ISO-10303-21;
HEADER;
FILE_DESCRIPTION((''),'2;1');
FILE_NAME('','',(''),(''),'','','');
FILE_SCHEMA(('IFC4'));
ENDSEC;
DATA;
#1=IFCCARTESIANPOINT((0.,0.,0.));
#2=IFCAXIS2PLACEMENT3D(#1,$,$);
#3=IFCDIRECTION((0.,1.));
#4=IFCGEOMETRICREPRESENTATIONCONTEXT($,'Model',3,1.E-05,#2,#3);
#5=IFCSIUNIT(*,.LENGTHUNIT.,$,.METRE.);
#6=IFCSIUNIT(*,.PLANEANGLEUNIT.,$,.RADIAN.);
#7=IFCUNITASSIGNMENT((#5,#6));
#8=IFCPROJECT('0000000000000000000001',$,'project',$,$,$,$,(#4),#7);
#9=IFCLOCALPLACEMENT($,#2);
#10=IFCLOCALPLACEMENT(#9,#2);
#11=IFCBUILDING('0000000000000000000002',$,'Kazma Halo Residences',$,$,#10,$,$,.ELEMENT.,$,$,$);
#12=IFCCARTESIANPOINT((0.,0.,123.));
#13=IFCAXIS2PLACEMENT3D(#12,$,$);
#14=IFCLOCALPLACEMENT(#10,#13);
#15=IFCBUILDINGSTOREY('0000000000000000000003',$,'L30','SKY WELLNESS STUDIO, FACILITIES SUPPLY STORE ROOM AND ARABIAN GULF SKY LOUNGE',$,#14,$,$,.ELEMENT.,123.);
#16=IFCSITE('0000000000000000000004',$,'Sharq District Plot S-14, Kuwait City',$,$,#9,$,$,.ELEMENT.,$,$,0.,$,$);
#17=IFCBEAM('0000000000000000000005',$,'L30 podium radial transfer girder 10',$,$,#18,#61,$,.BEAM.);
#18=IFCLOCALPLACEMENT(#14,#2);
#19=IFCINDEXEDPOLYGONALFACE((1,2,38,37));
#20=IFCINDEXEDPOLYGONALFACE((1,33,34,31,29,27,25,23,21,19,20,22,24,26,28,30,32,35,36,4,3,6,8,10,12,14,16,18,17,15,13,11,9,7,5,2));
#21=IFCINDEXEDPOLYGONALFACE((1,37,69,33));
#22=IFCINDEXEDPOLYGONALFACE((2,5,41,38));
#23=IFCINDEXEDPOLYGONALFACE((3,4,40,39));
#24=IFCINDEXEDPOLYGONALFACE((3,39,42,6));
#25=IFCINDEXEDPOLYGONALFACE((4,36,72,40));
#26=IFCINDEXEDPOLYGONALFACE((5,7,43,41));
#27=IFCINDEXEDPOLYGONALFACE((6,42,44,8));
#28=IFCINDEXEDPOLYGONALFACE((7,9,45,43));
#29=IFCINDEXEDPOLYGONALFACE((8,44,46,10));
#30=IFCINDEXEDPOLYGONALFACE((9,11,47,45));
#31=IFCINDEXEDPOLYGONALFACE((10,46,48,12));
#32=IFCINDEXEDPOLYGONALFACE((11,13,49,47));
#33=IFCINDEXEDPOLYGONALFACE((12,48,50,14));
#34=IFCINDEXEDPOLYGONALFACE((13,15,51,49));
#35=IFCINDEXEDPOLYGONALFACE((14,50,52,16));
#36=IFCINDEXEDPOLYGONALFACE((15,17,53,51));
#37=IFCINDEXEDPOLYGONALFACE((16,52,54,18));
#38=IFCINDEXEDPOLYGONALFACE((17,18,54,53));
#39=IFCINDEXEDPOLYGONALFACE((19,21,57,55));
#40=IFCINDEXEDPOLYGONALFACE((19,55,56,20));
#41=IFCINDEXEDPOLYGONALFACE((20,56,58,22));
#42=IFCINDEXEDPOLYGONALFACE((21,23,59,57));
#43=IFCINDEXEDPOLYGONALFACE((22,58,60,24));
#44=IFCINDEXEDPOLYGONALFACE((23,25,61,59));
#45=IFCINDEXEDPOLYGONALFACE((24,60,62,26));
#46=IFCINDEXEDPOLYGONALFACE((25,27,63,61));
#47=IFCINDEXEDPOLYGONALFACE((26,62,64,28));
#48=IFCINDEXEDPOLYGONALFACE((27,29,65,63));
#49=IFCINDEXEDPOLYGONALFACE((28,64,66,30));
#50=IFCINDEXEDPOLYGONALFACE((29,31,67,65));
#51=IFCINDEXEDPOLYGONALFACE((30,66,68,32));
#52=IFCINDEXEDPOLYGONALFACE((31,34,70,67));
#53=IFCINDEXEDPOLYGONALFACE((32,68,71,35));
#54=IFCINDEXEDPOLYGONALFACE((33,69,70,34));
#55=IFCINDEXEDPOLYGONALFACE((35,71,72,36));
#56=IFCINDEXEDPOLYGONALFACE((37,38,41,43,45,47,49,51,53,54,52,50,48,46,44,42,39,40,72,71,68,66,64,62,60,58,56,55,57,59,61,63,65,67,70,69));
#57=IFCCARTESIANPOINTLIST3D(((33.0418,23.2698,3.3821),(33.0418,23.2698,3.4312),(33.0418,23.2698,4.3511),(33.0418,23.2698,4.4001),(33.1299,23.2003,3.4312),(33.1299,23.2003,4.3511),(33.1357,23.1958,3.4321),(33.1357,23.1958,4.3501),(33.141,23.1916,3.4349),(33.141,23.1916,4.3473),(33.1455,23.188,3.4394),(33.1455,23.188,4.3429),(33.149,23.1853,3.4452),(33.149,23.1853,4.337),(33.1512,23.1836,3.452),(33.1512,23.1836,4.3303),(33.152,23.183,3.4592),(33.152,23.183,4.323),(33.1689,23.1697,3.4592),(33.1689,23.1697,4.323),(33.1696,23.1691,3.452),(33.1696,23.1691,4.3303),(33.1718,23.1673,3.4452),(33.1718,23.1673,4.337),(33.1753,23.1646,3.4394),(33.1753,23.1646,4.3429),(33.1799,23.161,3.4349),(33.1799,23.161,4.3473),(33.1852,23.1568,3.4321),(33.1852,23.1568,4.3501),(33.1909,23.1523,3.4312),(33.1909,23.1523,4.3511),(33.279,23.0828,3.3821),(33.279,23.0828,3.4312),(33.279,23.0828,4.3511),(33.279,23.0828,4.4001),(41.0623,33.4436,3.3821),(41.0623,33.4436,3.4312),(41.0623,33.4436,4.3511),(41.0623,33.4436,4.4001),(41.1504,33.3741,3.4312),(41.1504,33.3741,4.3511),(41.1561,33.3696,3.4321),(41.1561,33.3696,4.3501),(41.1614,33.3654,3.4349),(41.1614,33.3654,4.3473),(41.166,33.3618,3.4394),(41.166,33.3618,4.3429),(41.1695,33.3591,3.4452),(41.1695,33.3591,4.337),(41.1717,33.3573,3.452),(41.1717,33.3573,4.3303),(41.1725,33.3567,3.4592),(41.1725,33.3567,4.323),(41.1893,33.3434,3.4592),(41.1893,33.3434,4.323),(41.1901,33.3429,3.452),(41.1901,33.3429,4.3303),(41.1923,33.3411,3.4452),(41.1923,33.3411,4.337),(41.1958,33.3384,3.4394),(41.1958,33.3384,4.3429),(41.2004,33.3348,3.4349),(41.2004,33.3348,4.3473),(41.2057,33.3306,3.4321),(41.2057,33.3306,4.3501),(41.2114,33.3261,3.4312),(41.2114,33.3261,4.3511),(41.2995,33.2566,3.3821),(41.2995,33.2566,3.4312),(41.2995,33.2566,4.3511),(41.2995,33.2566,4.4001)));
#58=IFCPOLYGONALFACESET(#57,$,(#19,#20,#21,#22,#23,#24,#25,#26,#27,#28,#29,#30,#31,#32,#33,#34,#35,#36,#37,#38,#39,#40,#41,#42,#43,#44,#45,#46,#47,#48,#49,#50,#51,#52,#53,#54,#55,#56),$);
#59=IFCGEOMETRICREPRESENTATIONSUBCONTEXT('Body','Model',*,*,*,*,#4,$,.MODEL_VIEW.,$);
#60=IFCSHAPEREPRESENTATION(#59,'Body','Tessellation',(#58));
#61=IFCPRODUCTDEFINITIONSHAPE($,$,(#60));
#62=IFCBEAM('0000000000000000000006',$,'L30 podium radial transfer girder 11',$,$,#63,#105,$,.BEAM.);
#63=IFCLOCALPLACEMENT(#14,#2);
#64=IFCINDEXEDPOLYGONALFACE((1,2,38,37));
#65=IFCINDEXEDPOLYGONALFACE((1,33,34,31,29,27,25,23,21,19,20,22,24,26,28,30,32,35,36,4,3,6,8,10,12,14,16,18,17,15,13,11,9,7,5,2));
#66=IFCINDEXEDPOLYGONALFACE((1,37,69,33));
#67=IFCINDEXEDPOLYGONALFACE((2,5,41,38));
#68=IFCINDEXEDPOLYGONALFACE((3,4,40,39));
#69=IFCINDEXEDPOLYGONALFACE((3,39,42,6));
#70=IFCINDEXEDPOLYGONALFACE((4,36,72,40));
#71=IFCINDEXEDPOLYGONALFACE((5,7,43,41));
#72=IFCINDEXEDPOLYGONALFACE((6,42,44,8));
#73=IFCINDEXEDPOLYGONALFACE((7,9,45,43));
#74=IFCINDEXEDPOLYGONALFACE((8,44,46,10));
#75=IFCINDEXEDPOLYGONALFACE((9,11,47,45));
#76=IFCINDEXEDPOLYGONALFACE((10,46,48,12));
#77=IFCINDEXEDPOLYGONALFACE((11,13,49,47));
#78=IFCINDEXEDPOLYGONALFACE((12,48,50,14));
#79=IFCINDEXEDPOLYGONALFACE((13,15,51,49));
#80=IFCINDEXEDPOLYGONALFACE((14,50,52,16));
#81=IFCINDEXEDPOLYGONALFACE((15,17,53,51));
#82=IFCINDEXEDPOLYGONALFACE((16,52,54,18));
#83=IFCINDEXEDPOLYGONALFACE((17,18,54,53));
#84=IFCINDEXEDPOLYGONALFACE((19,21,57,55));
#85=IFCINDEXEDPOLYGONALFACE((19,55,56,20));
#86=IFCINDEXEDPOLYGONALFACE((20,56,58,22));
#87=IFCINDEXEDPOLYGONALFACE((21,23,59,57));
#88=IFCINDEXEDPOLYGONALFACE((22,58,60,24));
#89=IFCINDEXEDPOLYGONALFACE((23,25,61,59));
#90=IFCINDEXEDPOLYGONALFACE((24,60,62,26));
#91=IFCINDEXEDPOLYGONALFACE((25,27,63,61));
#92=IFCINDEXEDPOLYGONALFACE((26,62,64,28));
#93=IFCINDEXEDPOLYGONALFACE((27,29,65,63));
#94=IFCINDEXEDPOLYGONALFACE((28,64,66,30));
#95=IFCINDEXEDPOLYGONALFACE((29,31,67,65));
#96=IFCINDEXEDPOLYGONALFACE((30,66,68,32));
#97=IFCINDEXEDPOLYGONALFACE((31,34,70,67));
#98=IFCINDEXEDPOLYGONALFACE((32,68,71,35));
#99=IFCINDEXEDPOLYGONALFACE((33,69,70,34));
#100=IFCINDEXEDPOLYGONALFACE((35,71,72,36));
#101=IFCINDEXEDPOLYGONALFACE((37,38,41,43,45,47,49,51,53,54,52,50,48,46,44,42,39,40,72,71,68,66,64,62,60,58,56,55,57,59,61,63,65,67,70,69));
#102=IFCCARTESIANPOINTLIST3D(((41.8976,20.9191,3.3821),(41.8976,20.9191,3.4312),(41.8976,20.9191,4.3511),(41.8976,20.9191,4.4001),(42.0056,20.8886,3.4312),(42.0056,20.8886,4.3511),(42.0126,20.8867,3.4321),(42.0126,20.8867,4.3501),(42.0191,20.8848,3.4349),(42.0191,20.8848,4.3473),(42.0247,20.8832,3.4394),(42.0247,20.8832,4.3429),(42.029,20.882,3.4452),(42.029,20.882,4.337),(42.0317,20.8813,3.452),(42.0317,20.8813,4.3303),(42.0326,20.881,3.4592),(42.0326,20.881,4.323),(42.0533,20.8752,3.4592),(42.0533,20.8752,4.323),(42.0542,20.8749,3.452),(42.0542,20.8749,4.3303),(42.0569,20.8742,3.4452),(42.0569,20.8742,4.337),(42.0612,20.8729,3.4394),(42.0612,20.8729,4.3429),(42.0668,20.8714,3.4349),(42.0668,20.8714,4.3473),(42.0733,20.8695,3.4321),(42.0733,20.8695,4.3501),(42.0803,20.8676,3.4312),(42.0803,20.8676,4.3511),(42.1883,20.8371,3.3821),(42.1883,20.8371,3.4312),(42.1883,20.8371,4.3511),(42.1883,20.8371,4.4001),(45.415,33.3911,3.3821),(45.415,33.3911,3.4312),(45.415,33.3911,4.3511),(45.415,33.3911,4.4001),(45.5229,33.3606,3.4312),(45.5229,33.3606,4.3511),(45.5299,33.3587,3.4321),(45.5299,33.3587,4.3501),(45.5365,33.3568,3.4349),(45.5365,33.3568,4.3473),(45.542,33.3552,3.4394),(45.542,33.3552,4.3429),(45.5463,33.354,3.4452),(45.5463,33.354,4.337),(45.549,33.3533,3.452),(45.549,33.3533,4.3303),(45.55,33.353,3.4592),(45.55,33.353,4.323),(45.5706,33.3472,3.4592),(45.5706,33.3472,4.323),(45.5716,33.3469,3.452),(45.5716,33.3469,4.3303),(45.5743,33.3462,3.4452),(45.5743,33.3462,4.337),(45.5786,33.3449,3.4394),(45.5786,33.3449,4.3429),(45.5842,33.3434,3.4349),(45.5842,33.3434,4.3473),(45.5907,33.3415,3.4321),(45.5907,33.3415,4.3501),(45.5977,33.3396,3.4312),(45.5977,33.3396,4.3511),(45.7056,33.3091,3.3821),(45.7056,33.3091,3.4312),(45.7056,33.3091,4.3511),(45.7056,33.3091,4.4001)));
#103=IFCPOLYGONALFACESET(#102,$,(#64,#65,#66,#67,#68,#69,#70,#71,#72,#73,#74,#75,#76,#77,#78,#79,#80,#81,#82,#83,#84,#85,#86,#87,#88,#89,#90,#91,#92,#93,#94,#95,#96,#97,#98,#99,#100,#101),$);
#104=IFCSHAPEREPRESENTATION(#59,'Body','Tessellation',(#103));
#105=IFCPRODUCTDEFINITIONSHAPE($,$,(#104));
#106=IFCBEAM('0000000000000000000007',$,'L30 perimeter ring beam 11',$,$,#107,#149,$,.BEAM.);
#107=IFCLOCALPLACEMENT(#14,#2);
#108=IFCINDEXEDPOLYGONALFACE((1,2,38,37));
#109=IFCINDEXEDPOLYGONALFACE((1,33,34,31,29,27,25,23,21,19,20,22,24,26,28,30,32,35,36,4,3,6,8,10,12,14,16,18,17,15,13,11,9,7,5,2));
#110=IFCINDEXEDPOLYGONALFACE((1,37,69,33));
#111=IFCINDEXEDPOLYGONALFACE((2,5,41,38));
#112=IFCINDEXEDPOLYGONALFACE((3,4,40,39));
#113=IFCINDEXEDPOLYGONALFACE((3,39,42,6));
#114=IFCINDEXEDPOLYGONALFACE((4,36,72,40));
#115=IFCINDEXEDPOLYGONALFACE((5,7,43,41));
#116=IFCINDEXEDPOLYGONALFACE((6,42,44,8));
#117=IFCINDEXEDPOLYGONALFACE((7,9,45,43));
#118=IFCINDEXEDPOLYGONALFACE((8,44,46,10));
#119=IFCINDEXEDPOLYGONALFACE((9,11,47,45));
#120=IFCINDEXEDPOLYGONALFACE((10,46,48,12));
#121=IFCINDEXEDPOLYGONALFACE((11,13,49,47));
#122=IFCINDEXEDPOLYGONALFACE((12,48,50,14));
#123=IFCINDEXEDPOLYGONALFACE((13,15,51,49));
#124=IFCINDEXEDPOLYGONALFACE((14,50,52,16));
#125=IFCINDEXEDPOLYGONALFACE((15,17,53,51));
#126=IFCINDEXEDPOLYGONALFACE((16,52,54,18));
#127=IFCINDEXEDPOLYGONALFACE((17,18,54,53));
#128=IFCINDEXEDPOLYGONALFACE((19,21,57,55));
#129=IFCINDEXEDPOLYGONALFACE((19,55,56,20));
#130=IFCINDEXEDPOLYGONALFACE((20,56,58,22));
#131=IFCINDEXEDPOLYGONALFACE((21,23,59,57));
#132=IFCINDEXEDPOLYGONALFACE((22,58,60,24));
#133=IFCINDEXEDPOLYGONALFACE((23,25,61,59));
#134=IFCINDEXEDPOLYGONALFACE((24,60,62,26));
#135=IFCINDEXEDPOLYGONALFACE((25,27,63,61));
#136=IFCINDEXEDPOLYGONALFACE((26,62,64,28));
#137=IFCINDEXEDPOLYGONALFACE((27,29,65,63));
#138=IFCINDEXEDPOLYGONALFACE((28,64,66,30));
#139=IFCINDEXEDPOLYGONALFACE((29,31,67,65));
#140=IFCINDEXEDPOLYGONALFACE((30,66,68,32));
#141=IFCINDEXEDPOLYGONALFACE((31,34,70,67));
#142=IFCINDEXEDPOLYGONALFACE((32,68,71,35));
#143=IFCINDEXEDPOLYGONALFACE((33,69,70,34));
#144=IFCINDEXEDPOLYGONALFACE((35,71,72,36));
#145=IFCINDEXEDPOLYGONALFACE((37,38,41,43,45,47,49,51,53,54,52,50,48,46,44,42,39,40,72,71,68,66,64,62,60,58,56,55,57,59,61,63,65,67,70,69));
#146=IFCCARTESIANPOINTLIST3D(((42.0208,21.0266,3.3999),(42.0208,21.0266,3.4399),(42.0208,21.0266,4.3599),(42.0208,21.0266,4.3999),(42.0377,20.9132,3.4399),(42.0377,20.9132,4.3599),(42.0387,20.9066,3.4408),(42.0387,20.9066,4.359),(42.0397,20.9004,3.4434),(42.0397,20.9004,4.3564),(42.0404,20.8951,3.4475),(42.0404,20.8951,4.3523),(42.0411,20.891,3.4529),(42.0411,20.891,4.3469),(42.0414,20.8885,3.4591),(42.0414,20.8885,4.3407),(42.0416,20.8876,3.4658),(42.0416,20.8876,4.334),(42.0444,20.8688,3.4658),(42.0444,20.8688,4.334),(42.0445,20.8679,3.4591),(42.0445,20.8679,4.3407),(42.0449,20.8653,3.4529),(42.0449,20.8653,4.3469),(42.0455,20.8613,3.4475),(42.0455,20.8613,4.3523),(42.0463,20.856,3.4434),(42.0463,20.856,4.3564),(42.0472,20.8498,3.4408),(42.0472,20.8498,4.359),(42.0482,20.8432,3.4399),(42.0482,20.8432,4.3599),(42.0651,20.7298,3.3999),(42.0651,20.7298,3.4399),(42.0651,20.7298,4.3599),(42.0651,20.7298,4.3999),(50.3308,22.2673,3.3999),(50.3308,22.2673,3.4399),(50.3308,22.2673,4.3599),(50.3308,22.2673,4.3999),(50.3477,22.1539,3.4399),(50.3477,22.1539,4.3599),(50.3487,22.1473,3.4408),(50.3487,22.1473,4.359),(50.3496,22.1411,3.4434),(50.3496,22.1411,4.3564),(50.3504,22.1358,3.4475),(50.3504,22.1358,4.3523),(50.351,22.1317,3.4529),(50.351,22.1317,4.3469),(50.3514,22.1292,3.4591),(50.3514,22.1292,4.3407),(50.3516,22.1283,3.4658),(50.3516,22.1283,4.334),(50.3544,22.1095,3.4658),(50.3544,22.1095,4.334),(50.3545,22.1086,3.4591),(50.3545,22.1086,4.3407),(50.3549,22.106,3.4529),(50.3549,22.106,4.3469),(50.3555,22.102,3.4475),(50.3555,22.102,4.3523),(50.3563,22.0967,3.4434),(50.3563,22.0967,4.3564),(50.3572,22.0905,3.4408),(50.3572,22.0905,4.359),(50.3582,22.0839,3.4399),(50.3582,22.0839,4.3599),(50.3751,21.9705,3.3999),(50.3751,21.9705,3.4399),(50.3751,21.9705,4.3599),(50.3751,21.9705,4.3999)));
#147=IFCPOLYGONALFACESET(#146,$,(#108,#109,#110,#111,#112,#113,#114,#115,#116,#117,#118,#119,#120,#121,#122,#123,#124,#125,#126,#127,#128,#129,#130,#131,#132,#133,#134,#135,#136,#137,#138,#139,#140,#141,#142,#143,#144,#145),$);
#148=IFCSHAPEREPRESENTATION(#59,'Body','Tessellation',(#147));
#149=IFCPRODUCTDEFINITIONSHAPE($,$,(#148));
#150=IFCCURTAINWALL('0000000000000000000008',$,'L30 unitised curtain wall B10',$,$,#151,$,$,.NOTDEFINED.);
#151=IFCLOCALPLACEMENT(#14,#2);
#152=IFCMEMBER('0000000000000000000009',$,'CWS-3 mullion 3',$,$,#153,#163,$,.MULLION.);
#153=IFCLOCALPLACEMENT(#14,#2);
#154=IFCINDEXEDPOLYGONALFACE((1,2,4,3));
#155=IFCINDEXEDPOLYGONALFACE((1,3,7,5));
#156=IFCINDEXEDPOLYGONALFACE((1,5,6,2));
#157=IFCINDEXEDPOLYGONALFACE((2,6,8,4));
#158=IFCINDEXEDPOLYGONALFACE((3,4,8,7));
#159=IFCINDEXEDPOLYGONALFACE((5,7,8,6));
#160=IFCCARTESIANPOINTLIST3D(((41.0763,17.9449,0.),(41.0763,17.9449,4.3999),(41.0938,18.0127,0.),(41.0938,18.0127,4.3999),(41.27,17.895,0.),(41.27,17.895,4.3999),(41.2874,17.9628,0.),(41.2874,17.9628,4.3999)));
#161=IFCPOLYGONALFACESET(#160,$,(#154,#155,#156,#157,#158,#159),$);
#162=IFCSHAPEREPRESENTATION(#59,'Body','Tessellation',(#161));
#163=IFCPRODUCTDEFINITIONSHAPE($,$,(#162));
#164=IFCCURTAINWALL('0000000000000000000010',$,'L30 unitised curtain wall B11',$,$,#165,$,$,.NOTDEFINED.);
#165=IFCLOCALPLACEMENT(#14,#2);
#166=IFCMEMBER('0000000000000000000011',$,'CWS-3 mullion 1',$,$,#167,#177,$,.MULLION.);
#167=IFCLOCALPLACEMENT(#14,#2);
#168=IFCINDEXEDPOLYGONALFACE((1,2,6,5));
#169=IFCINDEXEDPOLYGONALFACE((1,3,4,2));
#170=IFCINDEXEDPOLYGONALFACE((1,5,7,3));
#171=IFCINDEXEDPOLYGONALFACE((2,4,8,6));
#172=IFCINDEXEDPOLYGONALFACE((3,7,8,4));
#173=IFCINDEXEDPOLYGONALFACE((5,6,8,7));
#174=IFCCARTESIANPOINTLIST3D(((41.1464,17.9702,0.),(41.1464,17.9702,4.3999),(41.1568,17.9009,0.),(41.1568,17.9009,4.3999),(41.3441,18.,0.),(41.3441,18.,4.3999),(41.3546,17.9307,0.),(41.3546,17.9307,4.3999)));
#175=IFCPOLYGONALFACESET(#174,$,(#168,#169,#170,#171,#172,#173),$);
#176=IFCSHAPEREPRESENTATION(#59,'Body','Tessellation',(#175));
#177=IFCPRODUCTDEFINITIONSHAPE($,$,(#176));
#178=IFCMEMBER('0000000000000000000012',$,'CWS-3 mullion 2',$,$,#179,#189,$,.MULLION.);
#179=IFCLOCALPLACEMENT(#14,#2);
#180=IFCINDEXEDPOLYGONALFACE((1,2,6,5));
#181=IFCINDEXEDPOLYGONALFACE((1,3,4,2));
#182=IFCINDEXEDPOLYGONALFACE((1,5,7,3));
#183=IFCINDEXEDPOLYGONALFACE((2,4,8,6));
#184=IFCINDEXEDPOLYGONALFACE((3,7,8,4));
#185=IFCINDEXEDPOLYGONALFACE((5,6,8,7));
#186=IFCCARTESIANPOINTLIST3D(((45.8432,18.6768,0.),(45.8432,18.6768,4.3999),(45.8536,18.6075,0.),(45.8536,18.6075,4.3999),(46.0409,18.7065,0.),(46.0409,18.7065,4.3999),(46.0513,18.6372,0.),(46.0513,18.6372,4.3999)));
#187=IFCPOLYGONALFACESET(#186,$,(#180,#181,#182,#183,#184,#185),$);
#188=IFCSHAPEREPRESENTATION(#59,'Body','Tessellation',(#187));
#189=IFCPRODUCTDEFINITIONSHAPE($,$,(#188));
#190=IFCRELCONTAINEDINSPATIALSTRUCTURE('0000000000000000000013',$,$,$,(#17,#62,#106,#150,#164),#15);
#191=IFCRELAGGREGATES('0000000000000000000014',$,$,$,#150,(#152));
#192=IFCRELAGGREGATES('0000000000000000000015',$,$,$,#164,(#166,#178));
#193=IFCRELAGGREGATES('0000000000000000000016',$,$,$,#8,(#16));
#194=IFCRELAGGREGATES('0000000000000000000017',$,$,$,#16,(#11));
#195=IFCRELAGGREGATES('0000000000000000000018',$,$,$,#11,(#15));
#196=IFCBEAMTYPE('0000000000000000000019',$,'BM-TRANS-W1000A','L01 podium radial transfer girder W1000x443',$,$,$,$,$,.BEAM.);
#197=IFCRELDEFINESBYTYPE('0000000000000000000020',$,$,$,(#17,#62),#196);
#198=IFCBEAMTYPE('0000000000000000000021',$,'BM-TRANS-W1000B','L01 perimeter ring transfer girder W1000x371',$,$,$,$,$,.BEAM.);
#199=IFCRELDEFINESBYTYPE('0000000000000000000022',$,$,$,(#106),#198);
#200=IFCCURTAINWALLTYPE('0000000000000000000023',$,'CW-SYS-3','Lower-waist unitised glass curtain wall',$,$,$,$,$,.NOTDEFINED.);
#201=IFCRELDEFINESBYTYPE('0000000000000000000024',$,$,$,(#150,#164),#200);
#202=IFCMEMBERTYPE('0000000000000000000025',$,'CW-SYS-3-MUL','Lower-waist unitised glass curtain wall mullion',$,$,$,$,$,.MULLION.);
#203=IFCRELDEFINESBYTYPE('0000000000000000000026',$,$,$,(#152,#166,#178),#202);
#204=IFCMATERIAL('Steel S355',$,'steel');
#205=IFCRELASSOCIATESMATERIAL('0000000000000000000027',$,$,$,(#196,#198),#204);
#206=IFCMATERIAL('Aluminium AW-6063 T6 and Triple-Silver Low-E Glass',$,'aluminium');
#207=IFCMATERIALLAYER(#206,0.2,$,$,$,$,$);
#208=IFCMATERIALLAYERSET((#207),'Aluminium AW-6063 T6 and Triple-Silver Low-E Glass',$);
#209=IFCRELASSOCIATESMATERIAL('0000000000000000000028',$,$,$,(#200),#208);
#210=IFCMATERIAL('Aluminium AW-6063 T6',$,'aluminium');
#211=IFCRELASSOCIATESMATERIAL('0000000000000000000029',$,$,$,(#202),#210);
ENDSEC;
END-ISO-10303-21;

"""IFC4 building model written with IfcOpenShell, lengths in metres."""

from ifc_helpers import new_model, si_unit, direction, frame, origin, origin_2d, place, context, subcontext, project, spatial, rectangle, i_section, extrude, material, layer, layer_set, material_profile, profile_set, type_object, element, aggregate, save


model = new_model("IFC4")

# Units and contexts
model_context = context("Model", 3, precision=1e-05, world=origin(), true_north=direction((0.0, 1.0)))
body_context = subcontext(model_context, "Body", "Model", "MODEL_VIEW")
ifc_project = project(units=[si_unit("LENGTHUNIT", "METRE"), si_unit("PLANEANGLEUNIT", "RADIAN")], contexts=[model_context])

# Site, building, storey
site_placement = place(None, origin())
site = spatial("IfcSite", under=ifc_project, at=site_placement, Name="Sharq District Plot S-14, Kuwait City", CompositionType="ELEMENT", RefElevation=0.0)
building_placement = place(site_placement, origin())
building = spatial("IfcBuilding", under=site, at=building_placement, Name="Kazma Halo Residences", CompositionType="ELEMENT")
storey_placement = place(building_placement, frame((0.0, 0.0, 123.0)))
storey = spatial("IfcBuildingStorey", under=building, at=storey_placement, Name="L30", Description="SKY WELLNESS STUDIO, FACILITIES SUPPLY STORE ROOM AND ARABIAN GULF SKY LOUNGE", CompositionType="ELEMENT", Elevation=123.0)

# Beams
ifc_material_1 = material(Name="Steel S355", Category="steel")
ifc_material_profile_1 = material_profile(ifc_material_1, i_section(OverallWidth=0.302, OverallDepth=1.0181, WebThickness=0.0215, FlangeThickness=0.0491, FilletRadius=0.0281, at=origin_2d()), Name="W1000x443")
ifc_profile_set_1 = profile_set([ifc_material_profile_1], Name="Steel S355")
beam_type_1 = type_object("IfcBeamType", Name="BM-TRANS-W1000A", Description="L01 podium radial transfer girder W1000x443", PredefinedType="BEAM", material=ifc_profile_set_1)
beam_1_placement = place(storey_placement, frame((41.1809, 33.3501, 3.8911), z_axis=(-0.619099, -0.785313, 0.0), x_axis=(0.785313, -0.619099, 0.0)))
element("IfcBeam", 1, at=beam_1_placement, inside=storey, type_object=beam_type_1, Name="L30 podium radial transfer girder 10", PredefinedType="BEAM", context=body_context, shape_type="SweptSolid", body=[
    extrude(i_section(OverallWidth=0.302, OverallDepth=1.0181, WebThickness=0.0215, FlangeThickness=0.0491, FilletRadius=0.0281, at=origin_2d()), origin(), (0.0, 0.0, 1.0), 12.9551),
])
beam_2_placement = place(storey_placement, frame((45.5603, 33.3501, 3.8911), z_axis=(-0.271432, -0.962458, 0.0), x_axis=(0.962458, -0.271432, 0.0)))
element("IfcBeam", 2, at=beam_2_placement, inside=storey, type_object=beam_type_1, Name="L30 podium radial transfer girder 11", PredefinedType="BEAM", context=body_context, shape_type="SweptSolid", body=[
    extrude(i_section(OverallWidth=0.302, OverallDepth=1.0181, WebThickness=0.0215, FlangeThickness=0.0491, FilletRadius=0.0281, at=origin_2d()), origin(), (0.0, 0.0, 1.0), 12.9585),
])
ifc_material_profile_2 = material_profile(ifc_material_1, i_section(OverallWidth=0.3, OverallDepth=1.0, WebThickness=0.019, FlangeThickness=0.04, FilletRadius=0.0259, at=origin_2d()), Name="W1000x371")
ifc_profile_set_2 = profile_set([ifc_material_profile_2], Name="Steel S355")
beam_type_2 = type_object("IfcBeamType", Name="BM-TRANS-W1000B", Description="L01 perimeter ring transfer girder W1000x371", PredefinedType="BEAM", material=ifc_profile_set_2)
beam_3_placement = place(storey_placement, frame((42.043, 20.8782, 3.8999), z_axis=(0.989037, 0.147667, 0.0), x_axis=(-0.147667, 0.989037, 0.0)))
element("IfcBeam", 3, at=beam_3_placement, inside=storey, type_object=beam_type_2, Name="L30 perimeter ring beam 11", PredefinedType="BEAM", context=body_context, shape_type="SweptSolid", body=[
    extrude(i_section(OverallWidth=0.3, OverallDepth=1.0, WebThickness=0.019, FlangeThickness=0.04, FilletRadius=0.0259, at=origin_2d()), origin(), (0.0, 0.0, 1.0), 8.4021),
])

# Curtain wall, member
ifc_material_2 = material(Name="Aluminium AW-6063 T6 and Triple-Silver Low-E Glass", Category="aluminium")
ifc_layer_1 = layer(ifc_material_2, 0.2)
ifc_layer_set_1 = layer_set([ifc_layer_1], Name="Aluminium AW-6063 T6 and Triple-Silver Low-E Glass")
curtain_wall_type = type_object("IfcCurtainWallType", Name="CW-SYS-3", Description="Lower-waist unitised glass curtain wall", PredefinedType="NOTDEFINED", material=ifc_layer_set_1)
curtain_wall_1_placement = place(storey_placement, origin())
curtain_wall_1 = element("IfcCurtainWall", 4, at=curtain_wall_1_placement, inside=storey, type_object=curtain_wall_type, Name="L30 unitised curtain wall B10", PredefinedType="NOTDEFINED")
ifc_material_3 = material(Name="Aluminium AW-6063 T6", Category="aluminium")
ifc_material_profile_3 = material_profile(ifc_material_3, rectangle(XDim=0.0701, YDim=0.2, at=origin_2d()), Name="CWM-70x200")
ifc_profile_set_3 = profile_set([ifc_material_profile_3], Name="Aluminium AW-6063 T6")
member_type_1 = type_object("IfcMemberType", Name="CW-SYS-3-MUL", Description="Lower-waist unitised glass curtain wall mullion", PredefinedType="MULLION", material=ifc_profile_set_3)
member_1_placement = place(storey_placement, frame((41.1819, 17.9539, 0.0), z_axis=(0.0, 0.0, 1.0), x_axis=(0.249525, 0.968368, 0.0)))
member_1 = element("IfcMember", 5, at=member_1_placement, type_object=member_type_1, Name="CWS-3 mullion 3", PredefinedType="MULLION", context=body_context, shape_type="SweptSolid", body=[
    extrude(rectangle(XDim=0.0701, YDim=0.2, at=origin_2d()), origin(), (0.0, 0.0, 1.0), 4.3999),
])

# Curtain wall, members
curtain_wall_2_placement = place(storey_placement, origin())
curtain_wall_2 = element("IfcCurtainWall", 6, at=curtain_wall_2_placement, inside=storey, type_object=curtain_wall_type, Name="L30 unitised curtain wall B11", PredefinedType="NOTDEFINED")
member_2_placement = place(storey_placement, frame((41.2505, 17.9504, 0.0), z_axis=(0.0, 0.0, 1.0), x_axis=(-0.148768, 0.988872, 0.0)))
member_2 = element("IfcMember", 7, at=member_2_placement, type_object=member_type_1, Name="CWS-3 mullion 1", PredefinedType="MULLION", context=body_context, shape_type="SweptSolid", body=[
    extrude(rectangle(XDim=0.0701, YDim=0.2, at=origin_2d()), origin(), (0.0, 0.0, 1.0), 4.3999),
])
member_3_placement = place(storey_placement, frame((45.9473, 18.657, 0.0), z_axis=(0.0, 0.0, 1.0), x_axis=(-0.148768, 0.988872, 0.0)))
member_3 = element("IfcMember", 8, at=member_3_placement, type_object=member_type_1, Name="CWS-3 mullion 2", PredefinedType="MULLION", context=body_context, shape_type="SweptSolid", body=[
    extrude(rectangle(XDim=0.0701, YDim=0.2, at=origin_2d()), origin(), (0.0, 0.0, 1.0), 4.3999),
])

aggregate(curtain_wall_1, [member_1])
aggregate(curtain_wall_2, [member_2, member_3])

save(model, "model.ifc")
